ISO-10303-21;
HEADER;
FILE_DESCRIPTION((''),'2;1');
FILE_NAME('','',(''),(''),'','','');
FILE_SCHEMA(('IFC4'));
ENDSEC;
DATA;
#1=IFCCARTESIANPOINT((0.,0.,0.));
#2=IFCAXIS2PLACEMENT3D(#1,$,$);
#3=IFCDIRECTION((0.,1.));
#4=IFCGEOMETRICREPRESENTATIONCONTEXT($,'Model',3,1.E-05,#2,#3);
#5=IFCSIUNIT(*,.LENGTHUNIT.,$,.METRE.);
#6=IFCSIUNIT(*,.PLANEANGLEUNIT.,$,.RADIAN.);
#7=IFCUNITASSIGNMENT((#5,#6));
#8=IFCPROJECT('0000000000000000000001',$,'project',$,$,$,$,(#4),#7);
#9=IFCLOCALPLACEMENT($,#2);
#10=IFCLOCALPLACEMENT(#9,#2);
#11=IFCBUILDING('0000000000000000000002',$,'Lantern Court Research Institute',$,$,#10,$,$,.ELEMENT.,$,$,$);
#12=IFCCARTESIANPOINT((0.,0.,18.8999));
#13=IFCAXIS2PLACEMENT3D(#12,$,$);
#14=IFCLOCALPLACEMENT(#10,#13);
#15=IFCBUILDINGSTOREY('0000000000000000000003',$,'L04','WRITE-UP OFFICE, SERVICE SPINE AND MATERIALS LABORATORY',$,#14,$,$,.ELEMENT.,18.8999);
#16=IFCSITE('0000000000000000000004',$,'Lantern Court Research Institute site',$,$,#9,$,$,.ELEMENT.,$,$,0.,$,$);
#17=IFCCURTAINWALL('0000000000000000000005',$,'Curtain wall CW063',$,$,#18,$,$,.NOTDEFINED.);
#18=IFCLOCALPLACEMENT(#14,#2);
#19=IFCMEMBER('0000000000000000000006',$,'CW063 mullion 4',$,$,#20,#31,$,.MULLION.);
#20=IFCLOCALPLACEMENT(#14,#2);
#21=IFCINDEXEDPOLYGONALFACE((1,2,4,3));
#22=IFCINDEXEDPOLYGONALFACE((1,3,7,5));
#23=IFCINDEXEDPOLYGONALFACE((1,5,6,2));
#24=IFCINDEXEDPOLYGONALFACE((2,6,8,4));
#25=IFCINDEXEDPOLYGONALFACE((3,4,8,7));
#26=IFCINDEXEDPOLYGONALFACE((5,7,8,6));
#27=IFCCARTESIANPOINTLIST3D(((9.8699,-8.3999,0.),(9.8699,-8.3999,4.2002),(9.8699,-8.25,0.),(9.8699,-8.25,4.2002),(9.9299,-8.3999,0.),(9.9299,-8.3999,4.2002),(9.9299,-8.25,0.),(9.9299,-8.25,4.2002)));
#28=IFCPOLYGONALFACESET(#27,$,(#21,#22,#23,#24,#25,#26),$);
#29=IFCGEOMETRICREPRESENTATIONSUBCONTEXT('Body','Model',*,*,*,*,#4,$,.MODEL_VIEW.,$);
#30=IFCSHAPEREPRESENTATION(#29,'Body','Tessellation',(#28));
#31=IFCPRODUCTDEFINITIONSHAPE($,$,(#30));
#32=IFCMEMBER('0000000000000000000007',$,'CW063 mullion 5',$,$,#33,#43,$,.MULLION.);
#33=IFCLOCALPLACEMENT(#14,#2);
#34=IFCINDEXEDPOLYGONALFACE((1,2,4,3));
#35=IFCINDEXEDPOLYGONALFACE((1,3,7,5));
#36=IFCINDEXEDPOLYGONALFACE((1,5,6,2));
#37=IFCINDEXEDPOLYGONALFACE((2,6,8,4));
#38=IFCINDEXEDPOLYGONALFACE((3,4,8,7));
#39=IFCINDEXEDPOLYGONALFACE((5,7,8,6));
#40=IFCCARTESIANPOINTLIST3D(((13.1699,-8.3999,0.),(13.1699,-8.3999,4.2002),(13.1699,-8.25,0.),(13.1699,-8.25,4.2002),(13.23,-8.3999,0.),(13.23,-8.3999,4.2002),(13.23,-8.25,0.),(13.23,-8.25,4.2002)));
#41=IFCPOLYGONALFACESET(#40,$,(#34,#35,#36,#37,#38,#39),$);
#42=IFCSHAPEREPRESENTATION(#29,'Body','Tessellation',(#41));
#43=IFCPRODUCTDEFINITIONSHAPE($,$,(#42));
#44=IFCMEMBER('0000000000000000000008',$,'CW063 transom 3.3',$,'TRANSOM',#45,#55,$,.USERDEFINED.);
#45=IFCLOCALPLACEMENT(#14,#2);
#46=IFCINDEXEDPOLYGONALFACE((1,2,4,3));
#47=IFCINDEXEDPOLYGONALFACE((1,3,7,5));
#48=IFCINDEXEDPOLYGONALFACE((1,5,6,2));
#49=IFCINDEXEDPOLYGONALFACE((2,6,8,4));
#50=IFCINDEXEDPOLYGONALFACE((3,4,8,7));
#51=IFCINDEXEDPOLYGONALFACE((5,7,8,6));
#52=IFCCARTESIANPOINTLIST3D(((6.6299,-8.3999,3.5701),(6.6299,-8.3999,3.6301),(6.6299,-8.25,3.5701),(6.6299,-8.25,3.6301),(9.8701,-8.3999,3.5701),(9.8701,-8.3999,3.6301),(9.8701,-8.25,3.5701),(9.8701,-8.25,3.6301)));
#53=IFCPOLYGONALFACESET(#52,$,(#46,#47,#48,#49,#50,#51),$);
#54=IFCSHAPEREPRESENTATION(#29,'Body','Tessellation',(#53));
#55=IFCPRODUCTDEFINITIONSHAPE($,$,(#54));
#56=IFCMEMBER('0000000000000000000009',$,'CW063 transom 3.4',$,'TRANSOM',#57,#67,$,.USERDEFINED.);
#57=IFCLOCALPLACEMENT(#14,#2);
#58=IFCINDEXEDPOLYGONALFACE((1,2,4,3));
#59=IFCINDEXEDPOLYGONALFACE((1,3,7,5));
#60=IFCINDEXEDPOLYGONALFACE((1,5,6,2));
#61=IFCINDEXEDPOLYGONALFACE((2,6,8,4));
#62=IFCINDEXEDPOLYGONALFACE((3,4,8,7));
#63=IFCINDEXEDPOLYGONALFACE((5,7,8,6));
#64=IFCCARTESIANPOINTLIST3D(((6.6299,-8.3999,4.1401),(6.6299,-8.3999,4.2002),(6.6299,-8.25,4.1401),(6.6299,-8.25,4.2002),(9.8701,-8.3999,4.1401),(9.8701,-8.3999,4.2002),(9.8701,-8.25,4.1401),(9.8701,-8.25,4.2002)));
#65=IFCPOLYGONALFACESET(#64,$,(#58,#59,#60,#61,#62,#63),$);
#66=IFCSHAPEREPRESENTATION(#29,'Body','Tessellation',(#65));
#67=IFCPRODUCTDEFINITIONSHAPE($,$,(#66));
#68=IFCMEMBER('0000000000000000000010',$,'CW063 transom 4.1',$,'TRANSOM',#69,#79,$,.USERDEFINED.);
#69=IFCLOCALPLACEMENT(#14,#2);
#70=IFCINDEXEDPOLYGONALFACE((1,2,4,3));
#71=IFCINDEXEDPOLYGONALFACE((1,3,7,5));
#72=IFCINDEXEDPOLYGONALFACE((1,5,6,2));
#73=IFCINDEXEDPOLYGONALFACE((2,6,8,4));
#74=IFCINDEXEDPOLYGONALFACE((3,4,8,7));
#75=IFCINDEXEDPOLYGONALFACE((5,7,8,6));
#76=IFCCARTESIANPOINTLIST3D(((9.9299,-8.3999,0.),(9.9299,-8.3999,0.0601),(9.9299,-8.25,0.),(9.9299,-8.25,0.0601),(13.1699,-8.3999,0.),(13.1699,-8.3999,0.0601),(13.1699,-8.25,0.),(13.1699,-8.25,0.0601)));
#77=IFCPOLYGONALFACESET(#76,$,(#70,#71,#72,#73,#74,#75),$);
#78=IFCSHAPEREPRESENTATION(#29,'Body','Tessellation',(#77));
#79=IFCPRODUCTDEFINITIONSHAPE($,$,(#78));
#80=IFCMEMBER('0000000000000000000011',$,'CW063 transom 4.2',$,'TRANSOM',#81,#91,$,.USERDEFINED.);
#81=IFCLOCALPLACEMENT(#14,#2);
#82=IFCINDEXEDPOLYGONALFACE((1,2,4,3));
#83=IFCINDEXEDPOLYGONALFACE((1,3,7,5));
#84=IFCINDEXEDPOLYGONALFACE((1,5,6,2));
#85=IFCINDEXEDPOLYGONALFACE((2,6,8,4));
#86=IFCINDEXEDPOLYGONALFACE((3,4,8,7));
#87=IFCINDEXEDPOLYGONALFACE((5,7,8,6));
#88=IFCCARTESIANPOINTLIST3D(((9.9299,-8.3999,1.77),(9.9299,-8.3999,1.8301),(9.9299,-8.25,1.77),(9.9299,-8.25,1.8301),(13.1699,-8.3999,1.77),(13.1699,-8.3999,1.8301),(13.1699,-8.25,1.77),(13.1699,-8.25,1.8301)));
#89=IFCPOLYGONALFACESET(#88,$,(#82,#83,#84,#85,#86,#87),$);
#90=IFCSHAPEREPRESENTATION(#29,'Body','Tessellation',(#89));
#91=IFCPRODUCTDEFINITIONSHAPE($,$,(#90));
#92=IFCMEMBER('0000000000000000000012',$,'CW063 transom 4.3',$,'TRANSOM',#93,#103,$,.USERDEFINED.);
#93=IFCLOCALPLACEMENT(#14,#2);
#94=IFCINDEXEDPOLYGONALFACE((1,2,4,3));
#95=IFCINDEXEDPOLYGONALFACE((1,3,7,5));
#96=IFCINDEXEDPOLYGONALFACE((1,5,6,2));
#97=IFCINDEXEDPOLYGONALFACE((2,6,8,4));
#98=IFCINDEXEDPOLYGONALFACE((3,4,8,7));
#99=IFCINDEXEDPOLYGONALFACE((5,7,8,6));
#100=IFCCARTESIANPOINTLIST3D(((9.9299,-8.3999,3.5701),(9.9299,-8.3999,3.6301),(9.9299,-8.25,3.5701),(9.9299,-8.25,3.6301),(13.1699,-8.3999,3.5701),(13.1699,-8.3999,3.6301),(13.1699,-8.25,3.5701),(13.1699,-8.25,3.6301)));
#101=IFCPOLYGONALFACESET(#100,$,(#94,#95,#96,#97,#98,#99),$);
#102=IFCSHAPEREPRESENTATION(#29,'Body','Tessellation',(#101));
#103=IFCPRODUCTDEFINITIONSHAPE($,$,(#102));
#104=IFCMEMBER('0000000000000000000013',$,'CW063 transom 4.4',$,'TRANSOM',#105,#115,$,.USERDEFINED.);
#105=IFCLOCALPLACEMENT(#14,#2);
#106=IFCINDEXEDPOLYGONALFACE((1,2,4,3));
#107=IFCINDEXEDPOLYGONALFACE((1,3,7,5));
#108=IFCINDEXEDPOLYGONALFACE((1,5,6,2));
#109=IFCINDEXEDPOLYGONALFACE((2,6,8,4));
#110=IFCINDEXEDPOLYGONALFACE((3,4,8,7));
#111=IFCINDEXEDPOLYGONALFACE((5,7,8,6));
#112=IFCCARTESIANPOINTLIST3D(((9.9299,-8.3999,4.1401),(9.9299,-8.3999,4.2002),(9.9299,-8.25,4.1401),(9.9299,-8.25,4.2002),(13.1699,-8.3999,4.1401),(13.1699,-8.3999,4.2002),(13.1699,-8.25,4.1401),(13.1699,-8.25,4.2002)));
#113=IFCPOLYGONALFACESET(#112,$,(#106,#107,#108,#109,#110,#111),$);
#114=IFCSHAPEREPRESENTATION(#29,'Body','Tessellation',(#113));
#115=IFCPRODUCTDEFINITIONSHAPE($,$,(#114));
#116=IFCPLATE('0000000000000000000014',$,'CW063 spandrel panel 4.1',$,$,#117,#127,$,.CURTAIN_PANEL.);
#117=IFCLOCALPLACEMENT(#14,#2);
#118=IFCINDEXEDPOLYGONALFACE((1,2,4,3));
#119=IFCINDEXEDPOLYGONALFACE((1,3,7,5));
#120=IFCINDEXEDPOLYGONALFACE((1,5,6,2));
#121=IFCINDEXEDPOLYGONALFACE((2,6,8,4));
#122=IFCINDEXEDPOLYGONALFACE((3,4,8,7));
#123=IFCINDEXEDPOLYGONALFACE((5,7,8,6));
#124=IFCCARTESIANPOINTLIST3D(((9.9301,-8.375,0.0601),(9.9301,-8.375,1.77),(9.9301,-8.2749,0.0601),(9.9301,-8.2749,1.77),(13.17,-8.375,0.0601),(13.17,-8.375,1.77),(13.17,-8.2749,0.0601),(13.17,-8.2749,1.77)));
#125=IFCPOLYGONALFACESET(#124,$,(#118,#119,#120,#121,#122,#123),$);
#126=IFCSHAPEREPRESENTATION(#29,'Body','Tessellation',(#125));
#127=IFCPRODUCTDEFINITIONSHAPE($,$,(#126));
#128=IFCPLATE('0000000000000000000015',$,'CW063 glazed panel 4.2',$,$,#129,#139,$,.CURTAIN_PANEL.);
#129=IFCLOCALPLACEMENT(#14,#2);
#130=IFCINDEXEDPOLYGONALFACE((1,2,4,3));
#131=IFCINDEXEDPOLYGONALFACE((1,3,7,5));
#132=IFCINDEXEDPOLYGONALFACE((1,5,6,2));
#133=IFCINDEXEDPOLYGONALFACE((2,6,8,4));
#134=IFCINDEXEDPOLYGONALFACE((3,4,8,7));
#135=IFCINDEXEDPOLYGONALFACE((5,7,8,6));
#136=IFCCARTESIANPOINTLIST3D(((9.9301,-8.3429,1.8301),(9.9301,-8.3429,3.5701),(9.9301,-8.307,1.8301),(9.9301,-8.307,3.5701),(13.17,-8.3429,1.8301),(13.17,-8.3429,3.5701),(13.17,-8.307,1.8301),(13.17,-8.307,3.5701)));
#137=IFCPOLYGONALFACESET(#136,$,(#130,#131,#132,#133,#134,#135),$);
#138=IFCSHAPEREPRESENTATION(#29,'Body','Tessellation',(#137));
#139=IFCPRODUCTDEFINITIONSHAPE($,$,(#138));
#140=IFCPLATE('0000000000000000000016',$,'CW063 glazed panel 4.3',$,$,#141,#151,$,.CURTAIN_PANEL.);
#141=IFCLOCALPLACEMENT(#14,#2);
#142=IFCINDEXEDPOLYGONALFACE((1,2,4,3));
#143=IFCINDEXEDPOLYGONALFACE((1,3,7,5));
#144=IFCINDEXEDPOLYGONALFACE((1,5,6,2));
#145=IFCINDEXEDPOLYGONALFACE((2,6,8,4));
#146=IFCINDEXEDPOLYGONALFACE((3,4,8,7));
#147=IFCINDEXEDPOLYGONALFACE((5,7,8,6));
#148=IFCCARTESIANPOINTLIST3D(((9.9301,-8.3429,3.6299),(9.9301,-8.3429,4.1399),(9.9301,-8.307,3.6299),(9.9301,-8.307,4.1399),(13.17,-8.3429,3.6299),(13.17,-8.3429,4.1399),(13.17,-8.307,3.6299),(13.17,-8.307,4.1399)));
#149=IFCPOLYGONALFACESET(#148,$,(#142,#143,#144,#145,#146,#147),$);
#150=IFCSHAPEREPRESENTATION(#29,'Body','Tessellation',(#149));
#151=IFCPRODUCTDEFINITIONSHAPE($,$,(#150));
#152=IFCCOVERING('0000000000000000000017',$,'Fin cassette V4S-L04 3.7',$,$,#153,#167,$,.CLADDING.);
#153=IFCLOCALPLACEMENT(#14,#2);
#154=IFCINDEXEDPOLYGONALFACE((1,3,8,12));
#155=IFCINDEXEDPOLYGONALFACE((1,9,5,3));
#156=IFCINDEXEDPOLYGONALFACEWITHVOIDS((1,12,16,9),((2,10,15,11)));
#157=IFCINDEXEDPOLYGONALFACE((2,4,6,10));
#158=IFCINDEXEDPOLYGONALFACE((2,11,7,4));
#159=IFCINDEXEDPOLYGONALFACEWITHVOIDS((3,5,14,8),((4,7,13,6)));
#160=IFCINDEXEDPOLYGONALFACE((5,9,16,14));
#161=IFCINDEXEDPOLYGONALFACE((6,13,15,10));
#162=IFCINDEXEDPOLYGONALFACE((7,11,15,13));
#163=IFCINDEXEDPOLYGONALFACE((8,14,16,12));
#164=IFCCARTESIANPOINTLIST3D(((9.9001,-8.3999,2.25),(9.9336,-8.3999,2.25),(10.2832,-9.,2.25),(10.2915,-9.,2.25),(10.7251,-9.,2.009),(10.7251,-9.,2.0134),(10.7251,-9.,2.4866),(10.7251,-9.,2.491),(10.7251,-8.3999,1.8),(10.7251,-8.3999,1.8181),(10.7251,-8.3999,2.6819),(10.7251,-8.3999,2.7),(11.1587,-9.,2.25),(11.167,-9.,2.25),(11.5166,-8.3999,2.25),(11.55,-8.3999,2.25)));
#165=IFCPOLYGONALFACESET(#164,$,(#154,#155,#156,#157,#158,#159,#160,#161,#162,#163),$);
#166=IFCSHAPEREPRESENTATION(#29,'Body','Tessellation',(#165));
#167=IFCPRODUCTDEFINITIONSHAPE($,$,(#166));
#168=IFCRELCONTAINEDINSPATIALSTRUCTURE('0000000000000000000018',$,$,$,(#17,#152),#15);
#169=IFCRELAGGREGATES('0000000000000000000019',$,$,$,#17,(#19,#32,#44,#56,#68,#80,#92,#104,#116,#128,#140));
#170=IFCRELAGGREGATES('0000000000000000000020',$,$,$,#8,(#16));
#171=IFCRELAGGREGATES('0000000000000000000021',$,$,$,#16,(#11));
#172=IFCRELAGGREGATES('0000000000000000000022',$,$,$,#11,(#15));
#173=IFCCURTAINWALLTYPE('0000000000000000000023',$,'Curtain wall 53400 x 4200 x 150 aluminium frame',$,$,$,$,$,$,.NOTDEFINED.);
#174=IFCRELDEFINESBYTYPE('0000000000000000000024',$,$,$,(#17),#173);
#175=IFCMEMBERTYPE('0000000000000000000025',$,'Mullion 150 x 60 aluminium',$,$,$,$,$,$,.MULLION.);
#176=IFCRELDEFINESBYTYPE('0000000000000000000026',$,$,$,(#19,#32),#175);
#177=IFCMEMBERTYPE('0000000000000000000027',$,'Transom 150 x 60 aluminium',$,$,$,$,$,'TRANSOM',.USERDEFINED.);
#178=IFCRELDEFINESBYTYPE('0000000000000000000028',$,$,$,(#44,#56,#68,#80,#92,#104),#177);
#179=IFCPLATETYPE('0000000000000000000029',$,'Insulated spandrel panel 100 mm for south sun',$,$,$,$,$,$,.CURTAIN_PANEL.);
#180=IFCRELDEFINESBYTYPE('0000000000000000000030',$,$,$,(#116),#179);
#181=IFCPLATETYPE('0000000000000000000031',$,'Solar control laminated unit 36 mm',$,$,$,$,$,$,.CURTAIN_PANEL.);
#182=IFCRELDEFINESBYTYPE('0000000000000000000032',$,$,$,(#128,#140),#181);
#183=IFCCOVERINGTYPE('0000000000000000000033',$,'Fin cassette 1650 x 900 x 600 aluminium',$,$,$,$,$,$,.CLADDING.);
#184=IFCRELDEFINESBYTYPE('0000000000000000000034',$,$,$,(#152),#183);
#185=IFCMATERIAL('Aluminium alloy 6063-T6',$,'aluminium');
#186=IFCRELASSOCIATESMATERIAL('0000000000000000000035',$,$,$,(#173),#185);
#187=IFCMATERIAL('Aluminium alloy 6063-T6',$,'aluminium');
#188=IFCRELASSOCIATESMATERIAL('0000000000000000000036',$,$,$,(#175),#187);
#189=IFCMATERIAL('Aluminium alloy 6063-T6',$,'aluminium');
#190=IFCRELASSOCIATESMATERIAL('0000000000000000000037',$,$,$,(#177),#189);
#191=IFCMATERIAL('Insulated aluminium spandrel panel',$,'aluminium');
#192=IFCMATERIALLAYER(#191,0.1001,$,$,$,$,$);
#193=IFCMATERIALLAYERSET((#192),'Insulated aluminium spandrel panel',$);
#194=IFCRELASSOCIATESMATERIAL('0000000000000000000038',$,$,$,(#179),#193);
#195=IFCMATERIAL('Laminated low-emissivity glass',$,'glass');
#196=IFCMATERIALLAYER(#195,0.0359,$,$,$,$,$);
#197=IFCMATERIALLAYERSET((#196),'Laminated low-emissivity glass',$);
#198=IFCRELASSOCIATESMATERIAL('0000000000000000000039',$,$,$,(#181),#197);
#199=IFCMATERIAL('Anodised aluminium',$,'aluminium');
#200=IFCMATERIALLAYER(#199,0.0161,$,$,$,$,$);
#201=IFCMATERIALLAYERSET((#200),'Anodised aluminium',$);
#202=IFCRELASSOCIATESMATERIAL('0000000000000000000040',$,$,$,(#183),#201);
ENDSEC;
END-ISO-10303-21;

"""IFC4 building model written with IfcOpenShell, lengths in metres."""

from ifc_helpers import new_model, entity, si_unit, direction, frame, origin, origin_2d, place, context, subcontext, project, spatial, rectangle, extrude, material, layer, layer_set, material_profile, profile_set, type_object, element, aggregate, save


model = new_model("IFC4")

# Units and contexts
model_context = context("Model", 3, precision=1e-05, world=origin(), true_north=direction((0.0, 1.0)))
body_context = subcontext(model_context, "Body", "Model", "MODEL_VIEW")
ifc_project = project(units=[si_unit("LENGTHUNIT", "METRE"), si_unit("PLANEANGLEUNIT", "RADIAN")], contexts=[model_context])

# Site, building, storey
site_placement = place(None, origin())
site = spatial("IfcSite", under=ifc_project, at=site_placement, Name="Lantern Court Research Institute site", CompositionType="ELEMENT", RefElevation=0.0)
building_placement = place(site_placement, origin())
building = spatial("IfcBuilding", under=site, at=building_placement, Name="Lantern Court Research Institute", CompositionType="ELEMENT")
storey_placement = place(building_placement, frame((0.0, 0.0, 18.8999)))
storey = spatial("IfcBuildingStorey", under=building, at=storey_placement, Name="L04", Description="WRITE-UP OFFICE, SERVICE SPINE AND MATERIALS LABORATORY", CompositionType="ELEMENT", Elevation=18.8999)

# Curtain wall, members, plates
ifc_material_1 = material(Name="Aluminium alloy 6063-T6", Category="aluminium")
curtain_wall_type = type_object("IfcCurtainWallType", Name="Curtain wall 53400 x 4200 x 150 aluminium frame", PredefinedType="NOTDEFINED", material=ifc_material_1)
curtain_wall_placement = place(storey_placement, origin())
curtain_wall = element("IfcCurtainWall", 1, at=curtain_wall_placement, inside=storey, type_object=curtain_wall_type, Name="Curtain wall CW063", PredefinedType="NOTDEFINED")
ifc_material_2 = material(Name="Aluminium alloy 6063-T6", Category="aluminium")
ifc_material_profile_1 = material_profile(ifc_material_2, rectangle(XDim=0.1499, YDim=0.0601, at=origin_2d()), Name="Mullion 150 x 60")
ifc_profile_set_1 = profile_set([ifc_material_profile_1], Name="Aluminium alloy 6063-T6")
member_type_1 = type_object("IfcMemberType", Name="Mullion 150 x 60 aluminium", PredefinedType="MULLION", material=ifc_profile_set_1)
member_1_placement = place(storey_placement, frame((9.8999, -8.325, 0.0), z_axis=(0.0, 0.0, 1.0), x_axis=(0.0, -1.0, 0.0)))
member_1 = element("IfcMember", 2, at=member_1_placement, type_object=member_type_1, Name="CW063 mullion 4", PredefinedType="MULLION", context=body_context, shape_type="SweptSolid", body=[
    extrude(rectangle(XDim=0.1499, YDim=0.0601, at=origin_2d()), origin(), (0.0, 0.0, 1.0), 4.2002),
])
member_2_placement = place(storey_placement, frame((13.2, -8.325, 0.0), z_axis=(0.0, 0.0, 1.0), x_axis=(0.0, -1.0, 0.0)))
member_2 = element("IfcMember", 3, at=member_2_placement, type_object=member_type_1, Name="CW063 mullion 5", PredefinedType="MULLION", context=body_context, shape_type="SweptSolid", body=[
    extrude(rectangle(XDim=0.1499, YDim=0.0601, at=origin_2d()), origin(), (0.0, 0.0, 1.0), 4.2002),
])
ifc_material_3 = material(Name="Aluminium alloy 6063-T6", Category="aluminium")
ifc_material_profile_2 = material_profile(ifc_material_3, rectangle(XDim=0.1499, YDim=0.0601, at=origin_2d()), Name="Transom 150 x 60")
ifc_profile_set_2 = profile_set([ifc_material_profile_2], Name="Aluminium alloy 6063-T6")
member_type_2 = type_object("IfcMemberType", Name="Transom 150 x 60 aluminium", ElementType="TRANSOM", PredefinedType="USERDEFINED", material=ifc_profile_set_2)
member_3_placement = place(storey_placement, frame((9.8701, -8.325, 3.6001), z_axis=(-1.0, 0.0, 0.0), x_axis=(0.0, -1.0, 0.0)))
member_3 = element("IfcMember", 4, at=member_3_placement, type_object=member_type_2, Name="CW063 transom 3.3", ObjectType="TRANSOM", PredefinedType="USERDEFINED", context=body_context, shape_type="SweptSolid", body=[
    extrude(rectangle(XDim=0.1499, YDim=0.0601, at=origin_2d()), origin(), (0.0, 0.0, 1.0), 3.2402),
])
member_4_placement = place(storey_placement, frame((9.8701, -8.325, 4.1702), z_axis=(-1.0, 0.0, 0.0), x_axis=(0.0, -1.0, 0.0)))
member_4 = element("IfcMember", 5, at=member_4_placement, type_object=member_type_2, Name="CW063 transom 3.4", ObjectType="TRANSOM", PredefinedType="USERDEFINED", context=body_context, shape_type="SweptSolid", body=[
    extrude(rectangle(XDim=0.1499, YDim=0.0601, at=origin_2d()), origin(), (0.0, 0.0, 1.0), 3.2402),
])
member_5_placement = place(storey_placement, frame((13.1699, -8.325, 0.03), z_axis=(-1.0, 0.0, 0.0), x_axis=(0.0, -1.0, 0.0)))
member_5 = element("IfcMember", 6, at=member_5_placement, type_object=member_type_2, Name="CW063 transom 4.1", ObjectType="TRANSOM", PredefinedType="USERDEFINED", context=body_context, shape_type="SweptSolid", body=[
    extrude(rectangle(XDim=0.1499, YDim=0.0601, at=origin_2d()), origin(), (0.0, 0.0, 1.0), 3.24),
])
member_6_placement = place(storey_placement, frame((13.1699, -8.325, 1.8), z_axis=(-1.0, 0.0, 0.0), x_axis=(0.0, -1.0, 0.0)))
member_6 = element("IfcMember", 7, at=member_6_placement, type_object=member_type_2, Name="CW063 transom 4.2", ObjectType="TRANSOM", PredefinedType="USERDEFINED", context=body_context, shape_type="SweptSolid", body=[
    extrude(rectangle(XDim=0.1499, YDim=0.0601, at=origin_2d()), origin(), (0.0, 0.0, 1.0), 3.24),
])
member_7_placement = place(storey_placement, frame((13.1699, -8.325, 3.6001), z_axis=(-1.0, 0.0, 0.0), x_axis=(0.0, -1.0, 0.0)))
member_7 = element("IfcMember", 8, at=member_7_placement, type_object=member_type_2, Name="CW063 transom 4.3", ObjectType="TRANSOM", PredefinedType="USERDEFINED", context=body_context, shape_type="SweptSolid", body=[
    extrude(rectangle(XDim=0.1499, YDim=0.0601, at=origin_2d()), origin(), (0.0, 0.0, 1.0), 3.24),
])
member_8_placement = place(storey_placement, frame((13.1699, -8.325, 4.1702), z_axis=(-1.0, 0.0, 0.0), x_axis=(0.0, -1.0, 0.0)))
member_8 = element("IfcMember", 9, at=member_8_placement, type_object=member_type_2, Name="CW063 transom 4.4", ObjectType="TRANSOM", PredefinedType="USERDEFINED", context=body_context, shape_type="SweptSolid", body=[
    extrude(rectangle(XDim=0.1499, YDim=0.0601, at=origin_2d()), origin(), (0.0, 0.0, 1.0), 3.24),
])
ifc_material_4 = material(Name="Insulated aluminium spandrel panel", Category="aluminium")
ifc_layer_1 = layer(ifc_material_4, 0.1001)
ifc_layer_set_1 = layer_set([ifc_layer_1], Name="Insulated aluminium spandrel panel")
plate_type_1 = type_object("IfcPlateType", Name="Insulated spandrel panel 100 mm for south sun", PredefinedType="CURTAIN_PANEL", material=ifc_layer_set_1)
plate_1_placement = place(storey_placement, frame((11.55, -8.325, 0.0601), z_axis=(0.0, 0.0, 1.0), x_axis=(-1.0, 0.0, 0.0)))
plate_1 = element("IfcPlate", 10, at=plate_1_placement, type_object=plate_type_1, Name="CW063 spandrel panel 4.1", PredefinedType="CURTAIN_PANEL", context=body_context, shape_type="SweptSolid", body=[
    extrude(rectangle(XDim=3.24, YDim=0.1001, at=origin_2d()), origin(), (0.0, 0.0, 1.0), 1.71),
])
ifc_material_5 = material(Name="Laminated low-emissivity glass", Category="glass")
ifc_layer_2 = layer(ifc_material_5, 0.0359)
ifc_layer_set_2 = layer_set([ifc_layer_2], Name="Laminated low-emissivity glass")
plate_type_2 = type_object("IfcPlateType", Name="Solar control laminated unit 36 mm", PredefinedType="CURTAIN_PANEL", material=ifc_layer_set_2)
plate_2_placement = place(storey_placement, frame((11.55, -8.325, 1.8301), z_axis=(0.0, 0.0, 1.0), x_axis=(-1.0, 0.0, 0.0)))
plate_2 = element("IfcPlate", 11, at=plate_2_placement, type_object=plate_type_2, Name="CW063 glazed panel 4.2", PredefinedType="CURTAIN_PANEL", context=body_context, shape_type="SweptSolid", body=[
    extrude(rectangle(XDim=3.24, YDim=0.0359, at=origin_2d()), origin(), (0.0, 0.0, 1.0), 1.74),
])
plate_3_placement = place(storey_placement, frame((11.55, -8.325, 3.6299), z_axis=(0.0, 0.0, 1.0), x_axis=(-1.0, 0.0, 0.0)))
plate_3 = element("IfcPlate", 12, at=plate_3_placement, type_object=plate_type_2, Name="CW063 glazed panel 4.3", PredefinedType="CURTAIN_PANEL", context=body_context, shape_type="SweptSolid", body=[
    extrude(rectangle(XDim=3.24, YDim=0.0359, at=origin_2d()), origin(), (0.0, 0.0, 1.0), 0.51),
])
aggregate(curtain_wall, [member_1, member_2, member_3, member_4, member_5, member_6, member_7, member_8, plate_1, plate_2, plate_3])

# Covering
ifc_material_6 = material(Name="Anodised aluminium", Category="aluminium")
ifc_layer_3 = layer(ifc_material_6, 0.0161)
ifc_layer_set_3 = layer_set([ifc_layer_3], Name="Anodised aluminium")
covering_type = type_object("IfcCoveringType", Name="Fin cassette 1650 x 900 x 600 aluminium", PredefinedType="CLADDING", material=ifc_layer_set_3)
covering_1_placement = place(storey_placement, frame((10.7251, -8.3999, 2.25), z_axis=(0.0, -1.0, 0.0), x_axis=(1.0, 0.0, 0.0)))
cartesian_point_1 = entity("IfcCartesianPoint", [0.825, 0.0])
cartesian_point_2 = entity("IfcCartesianPoint", [0.7915, 0.0])
cartesian_point_3 = entity("IfcCartesianPoint", [0.4419, 0.0])
cartesian_point_4 = entity("IfcCartesianPoint", [0.4336, 0.0])
element("IfcCovering", 13, at=covering_1_placement, inside=storey, type_object=covering_type, Name="Fin cassette V4S-L04 3.7", PredefinedType="CLADDING", context=body_context, shape_type="SweptSolid", body=[
    entity("IfcExtrudedAreaSolidTapered", entity("IfcArbitraryProfileDefWithVoids", "AREA", None, entity("IfcPolyline", [cartesian_point_1, entity("IfcCartesianPoint", [0.0, 0.45]), entity("IfcCartesianPoint", [-0.825, 0.0]), entity("IfcCartesianPoint", [0.0, -0.45]), cartesian_point_1]), [entity("IfcPolyline", [cartesian_point_2, entity("IfcCartesianPoint", [0.0, 0.4319]), entity("IfcCartesianPoint", [-0.7915, 0.0]), entity("IfcCartesianPoint", [0.0, -0.4319]), cartesian_point_2])]), entity("IfcAxis2Placement3D", entity("IfcCartesianPoint", [0.0, 0.0, 0.0])), entity("IfcDirection", [0.0, 0.0, 1.0]), 0.6001, entity("IfcArbitraryProfileDefWithVoids", "AREA", None, entity("IfcPolyline", [cartesian_point_3, entity("IfcCartesianPoint", [0.0, 0.241]), entity("IfcCartesianPoint", [-0.4419, 0.0]), entity("IfcCartesianPoint", [0.0, -0.241]), cartesian_point_3]), [entity("IfcPolyline", [cartesian_point_4, entity("IfcCartesianPoint", [0.0, 0.2366]), entity("IfcCartesianPoint", [-0.4336, 0.0]), entity("IfcCartesianPoint", [0.0, -0.2366]), cartesian_point_4])])),
])

save(model, "model.ifc")
